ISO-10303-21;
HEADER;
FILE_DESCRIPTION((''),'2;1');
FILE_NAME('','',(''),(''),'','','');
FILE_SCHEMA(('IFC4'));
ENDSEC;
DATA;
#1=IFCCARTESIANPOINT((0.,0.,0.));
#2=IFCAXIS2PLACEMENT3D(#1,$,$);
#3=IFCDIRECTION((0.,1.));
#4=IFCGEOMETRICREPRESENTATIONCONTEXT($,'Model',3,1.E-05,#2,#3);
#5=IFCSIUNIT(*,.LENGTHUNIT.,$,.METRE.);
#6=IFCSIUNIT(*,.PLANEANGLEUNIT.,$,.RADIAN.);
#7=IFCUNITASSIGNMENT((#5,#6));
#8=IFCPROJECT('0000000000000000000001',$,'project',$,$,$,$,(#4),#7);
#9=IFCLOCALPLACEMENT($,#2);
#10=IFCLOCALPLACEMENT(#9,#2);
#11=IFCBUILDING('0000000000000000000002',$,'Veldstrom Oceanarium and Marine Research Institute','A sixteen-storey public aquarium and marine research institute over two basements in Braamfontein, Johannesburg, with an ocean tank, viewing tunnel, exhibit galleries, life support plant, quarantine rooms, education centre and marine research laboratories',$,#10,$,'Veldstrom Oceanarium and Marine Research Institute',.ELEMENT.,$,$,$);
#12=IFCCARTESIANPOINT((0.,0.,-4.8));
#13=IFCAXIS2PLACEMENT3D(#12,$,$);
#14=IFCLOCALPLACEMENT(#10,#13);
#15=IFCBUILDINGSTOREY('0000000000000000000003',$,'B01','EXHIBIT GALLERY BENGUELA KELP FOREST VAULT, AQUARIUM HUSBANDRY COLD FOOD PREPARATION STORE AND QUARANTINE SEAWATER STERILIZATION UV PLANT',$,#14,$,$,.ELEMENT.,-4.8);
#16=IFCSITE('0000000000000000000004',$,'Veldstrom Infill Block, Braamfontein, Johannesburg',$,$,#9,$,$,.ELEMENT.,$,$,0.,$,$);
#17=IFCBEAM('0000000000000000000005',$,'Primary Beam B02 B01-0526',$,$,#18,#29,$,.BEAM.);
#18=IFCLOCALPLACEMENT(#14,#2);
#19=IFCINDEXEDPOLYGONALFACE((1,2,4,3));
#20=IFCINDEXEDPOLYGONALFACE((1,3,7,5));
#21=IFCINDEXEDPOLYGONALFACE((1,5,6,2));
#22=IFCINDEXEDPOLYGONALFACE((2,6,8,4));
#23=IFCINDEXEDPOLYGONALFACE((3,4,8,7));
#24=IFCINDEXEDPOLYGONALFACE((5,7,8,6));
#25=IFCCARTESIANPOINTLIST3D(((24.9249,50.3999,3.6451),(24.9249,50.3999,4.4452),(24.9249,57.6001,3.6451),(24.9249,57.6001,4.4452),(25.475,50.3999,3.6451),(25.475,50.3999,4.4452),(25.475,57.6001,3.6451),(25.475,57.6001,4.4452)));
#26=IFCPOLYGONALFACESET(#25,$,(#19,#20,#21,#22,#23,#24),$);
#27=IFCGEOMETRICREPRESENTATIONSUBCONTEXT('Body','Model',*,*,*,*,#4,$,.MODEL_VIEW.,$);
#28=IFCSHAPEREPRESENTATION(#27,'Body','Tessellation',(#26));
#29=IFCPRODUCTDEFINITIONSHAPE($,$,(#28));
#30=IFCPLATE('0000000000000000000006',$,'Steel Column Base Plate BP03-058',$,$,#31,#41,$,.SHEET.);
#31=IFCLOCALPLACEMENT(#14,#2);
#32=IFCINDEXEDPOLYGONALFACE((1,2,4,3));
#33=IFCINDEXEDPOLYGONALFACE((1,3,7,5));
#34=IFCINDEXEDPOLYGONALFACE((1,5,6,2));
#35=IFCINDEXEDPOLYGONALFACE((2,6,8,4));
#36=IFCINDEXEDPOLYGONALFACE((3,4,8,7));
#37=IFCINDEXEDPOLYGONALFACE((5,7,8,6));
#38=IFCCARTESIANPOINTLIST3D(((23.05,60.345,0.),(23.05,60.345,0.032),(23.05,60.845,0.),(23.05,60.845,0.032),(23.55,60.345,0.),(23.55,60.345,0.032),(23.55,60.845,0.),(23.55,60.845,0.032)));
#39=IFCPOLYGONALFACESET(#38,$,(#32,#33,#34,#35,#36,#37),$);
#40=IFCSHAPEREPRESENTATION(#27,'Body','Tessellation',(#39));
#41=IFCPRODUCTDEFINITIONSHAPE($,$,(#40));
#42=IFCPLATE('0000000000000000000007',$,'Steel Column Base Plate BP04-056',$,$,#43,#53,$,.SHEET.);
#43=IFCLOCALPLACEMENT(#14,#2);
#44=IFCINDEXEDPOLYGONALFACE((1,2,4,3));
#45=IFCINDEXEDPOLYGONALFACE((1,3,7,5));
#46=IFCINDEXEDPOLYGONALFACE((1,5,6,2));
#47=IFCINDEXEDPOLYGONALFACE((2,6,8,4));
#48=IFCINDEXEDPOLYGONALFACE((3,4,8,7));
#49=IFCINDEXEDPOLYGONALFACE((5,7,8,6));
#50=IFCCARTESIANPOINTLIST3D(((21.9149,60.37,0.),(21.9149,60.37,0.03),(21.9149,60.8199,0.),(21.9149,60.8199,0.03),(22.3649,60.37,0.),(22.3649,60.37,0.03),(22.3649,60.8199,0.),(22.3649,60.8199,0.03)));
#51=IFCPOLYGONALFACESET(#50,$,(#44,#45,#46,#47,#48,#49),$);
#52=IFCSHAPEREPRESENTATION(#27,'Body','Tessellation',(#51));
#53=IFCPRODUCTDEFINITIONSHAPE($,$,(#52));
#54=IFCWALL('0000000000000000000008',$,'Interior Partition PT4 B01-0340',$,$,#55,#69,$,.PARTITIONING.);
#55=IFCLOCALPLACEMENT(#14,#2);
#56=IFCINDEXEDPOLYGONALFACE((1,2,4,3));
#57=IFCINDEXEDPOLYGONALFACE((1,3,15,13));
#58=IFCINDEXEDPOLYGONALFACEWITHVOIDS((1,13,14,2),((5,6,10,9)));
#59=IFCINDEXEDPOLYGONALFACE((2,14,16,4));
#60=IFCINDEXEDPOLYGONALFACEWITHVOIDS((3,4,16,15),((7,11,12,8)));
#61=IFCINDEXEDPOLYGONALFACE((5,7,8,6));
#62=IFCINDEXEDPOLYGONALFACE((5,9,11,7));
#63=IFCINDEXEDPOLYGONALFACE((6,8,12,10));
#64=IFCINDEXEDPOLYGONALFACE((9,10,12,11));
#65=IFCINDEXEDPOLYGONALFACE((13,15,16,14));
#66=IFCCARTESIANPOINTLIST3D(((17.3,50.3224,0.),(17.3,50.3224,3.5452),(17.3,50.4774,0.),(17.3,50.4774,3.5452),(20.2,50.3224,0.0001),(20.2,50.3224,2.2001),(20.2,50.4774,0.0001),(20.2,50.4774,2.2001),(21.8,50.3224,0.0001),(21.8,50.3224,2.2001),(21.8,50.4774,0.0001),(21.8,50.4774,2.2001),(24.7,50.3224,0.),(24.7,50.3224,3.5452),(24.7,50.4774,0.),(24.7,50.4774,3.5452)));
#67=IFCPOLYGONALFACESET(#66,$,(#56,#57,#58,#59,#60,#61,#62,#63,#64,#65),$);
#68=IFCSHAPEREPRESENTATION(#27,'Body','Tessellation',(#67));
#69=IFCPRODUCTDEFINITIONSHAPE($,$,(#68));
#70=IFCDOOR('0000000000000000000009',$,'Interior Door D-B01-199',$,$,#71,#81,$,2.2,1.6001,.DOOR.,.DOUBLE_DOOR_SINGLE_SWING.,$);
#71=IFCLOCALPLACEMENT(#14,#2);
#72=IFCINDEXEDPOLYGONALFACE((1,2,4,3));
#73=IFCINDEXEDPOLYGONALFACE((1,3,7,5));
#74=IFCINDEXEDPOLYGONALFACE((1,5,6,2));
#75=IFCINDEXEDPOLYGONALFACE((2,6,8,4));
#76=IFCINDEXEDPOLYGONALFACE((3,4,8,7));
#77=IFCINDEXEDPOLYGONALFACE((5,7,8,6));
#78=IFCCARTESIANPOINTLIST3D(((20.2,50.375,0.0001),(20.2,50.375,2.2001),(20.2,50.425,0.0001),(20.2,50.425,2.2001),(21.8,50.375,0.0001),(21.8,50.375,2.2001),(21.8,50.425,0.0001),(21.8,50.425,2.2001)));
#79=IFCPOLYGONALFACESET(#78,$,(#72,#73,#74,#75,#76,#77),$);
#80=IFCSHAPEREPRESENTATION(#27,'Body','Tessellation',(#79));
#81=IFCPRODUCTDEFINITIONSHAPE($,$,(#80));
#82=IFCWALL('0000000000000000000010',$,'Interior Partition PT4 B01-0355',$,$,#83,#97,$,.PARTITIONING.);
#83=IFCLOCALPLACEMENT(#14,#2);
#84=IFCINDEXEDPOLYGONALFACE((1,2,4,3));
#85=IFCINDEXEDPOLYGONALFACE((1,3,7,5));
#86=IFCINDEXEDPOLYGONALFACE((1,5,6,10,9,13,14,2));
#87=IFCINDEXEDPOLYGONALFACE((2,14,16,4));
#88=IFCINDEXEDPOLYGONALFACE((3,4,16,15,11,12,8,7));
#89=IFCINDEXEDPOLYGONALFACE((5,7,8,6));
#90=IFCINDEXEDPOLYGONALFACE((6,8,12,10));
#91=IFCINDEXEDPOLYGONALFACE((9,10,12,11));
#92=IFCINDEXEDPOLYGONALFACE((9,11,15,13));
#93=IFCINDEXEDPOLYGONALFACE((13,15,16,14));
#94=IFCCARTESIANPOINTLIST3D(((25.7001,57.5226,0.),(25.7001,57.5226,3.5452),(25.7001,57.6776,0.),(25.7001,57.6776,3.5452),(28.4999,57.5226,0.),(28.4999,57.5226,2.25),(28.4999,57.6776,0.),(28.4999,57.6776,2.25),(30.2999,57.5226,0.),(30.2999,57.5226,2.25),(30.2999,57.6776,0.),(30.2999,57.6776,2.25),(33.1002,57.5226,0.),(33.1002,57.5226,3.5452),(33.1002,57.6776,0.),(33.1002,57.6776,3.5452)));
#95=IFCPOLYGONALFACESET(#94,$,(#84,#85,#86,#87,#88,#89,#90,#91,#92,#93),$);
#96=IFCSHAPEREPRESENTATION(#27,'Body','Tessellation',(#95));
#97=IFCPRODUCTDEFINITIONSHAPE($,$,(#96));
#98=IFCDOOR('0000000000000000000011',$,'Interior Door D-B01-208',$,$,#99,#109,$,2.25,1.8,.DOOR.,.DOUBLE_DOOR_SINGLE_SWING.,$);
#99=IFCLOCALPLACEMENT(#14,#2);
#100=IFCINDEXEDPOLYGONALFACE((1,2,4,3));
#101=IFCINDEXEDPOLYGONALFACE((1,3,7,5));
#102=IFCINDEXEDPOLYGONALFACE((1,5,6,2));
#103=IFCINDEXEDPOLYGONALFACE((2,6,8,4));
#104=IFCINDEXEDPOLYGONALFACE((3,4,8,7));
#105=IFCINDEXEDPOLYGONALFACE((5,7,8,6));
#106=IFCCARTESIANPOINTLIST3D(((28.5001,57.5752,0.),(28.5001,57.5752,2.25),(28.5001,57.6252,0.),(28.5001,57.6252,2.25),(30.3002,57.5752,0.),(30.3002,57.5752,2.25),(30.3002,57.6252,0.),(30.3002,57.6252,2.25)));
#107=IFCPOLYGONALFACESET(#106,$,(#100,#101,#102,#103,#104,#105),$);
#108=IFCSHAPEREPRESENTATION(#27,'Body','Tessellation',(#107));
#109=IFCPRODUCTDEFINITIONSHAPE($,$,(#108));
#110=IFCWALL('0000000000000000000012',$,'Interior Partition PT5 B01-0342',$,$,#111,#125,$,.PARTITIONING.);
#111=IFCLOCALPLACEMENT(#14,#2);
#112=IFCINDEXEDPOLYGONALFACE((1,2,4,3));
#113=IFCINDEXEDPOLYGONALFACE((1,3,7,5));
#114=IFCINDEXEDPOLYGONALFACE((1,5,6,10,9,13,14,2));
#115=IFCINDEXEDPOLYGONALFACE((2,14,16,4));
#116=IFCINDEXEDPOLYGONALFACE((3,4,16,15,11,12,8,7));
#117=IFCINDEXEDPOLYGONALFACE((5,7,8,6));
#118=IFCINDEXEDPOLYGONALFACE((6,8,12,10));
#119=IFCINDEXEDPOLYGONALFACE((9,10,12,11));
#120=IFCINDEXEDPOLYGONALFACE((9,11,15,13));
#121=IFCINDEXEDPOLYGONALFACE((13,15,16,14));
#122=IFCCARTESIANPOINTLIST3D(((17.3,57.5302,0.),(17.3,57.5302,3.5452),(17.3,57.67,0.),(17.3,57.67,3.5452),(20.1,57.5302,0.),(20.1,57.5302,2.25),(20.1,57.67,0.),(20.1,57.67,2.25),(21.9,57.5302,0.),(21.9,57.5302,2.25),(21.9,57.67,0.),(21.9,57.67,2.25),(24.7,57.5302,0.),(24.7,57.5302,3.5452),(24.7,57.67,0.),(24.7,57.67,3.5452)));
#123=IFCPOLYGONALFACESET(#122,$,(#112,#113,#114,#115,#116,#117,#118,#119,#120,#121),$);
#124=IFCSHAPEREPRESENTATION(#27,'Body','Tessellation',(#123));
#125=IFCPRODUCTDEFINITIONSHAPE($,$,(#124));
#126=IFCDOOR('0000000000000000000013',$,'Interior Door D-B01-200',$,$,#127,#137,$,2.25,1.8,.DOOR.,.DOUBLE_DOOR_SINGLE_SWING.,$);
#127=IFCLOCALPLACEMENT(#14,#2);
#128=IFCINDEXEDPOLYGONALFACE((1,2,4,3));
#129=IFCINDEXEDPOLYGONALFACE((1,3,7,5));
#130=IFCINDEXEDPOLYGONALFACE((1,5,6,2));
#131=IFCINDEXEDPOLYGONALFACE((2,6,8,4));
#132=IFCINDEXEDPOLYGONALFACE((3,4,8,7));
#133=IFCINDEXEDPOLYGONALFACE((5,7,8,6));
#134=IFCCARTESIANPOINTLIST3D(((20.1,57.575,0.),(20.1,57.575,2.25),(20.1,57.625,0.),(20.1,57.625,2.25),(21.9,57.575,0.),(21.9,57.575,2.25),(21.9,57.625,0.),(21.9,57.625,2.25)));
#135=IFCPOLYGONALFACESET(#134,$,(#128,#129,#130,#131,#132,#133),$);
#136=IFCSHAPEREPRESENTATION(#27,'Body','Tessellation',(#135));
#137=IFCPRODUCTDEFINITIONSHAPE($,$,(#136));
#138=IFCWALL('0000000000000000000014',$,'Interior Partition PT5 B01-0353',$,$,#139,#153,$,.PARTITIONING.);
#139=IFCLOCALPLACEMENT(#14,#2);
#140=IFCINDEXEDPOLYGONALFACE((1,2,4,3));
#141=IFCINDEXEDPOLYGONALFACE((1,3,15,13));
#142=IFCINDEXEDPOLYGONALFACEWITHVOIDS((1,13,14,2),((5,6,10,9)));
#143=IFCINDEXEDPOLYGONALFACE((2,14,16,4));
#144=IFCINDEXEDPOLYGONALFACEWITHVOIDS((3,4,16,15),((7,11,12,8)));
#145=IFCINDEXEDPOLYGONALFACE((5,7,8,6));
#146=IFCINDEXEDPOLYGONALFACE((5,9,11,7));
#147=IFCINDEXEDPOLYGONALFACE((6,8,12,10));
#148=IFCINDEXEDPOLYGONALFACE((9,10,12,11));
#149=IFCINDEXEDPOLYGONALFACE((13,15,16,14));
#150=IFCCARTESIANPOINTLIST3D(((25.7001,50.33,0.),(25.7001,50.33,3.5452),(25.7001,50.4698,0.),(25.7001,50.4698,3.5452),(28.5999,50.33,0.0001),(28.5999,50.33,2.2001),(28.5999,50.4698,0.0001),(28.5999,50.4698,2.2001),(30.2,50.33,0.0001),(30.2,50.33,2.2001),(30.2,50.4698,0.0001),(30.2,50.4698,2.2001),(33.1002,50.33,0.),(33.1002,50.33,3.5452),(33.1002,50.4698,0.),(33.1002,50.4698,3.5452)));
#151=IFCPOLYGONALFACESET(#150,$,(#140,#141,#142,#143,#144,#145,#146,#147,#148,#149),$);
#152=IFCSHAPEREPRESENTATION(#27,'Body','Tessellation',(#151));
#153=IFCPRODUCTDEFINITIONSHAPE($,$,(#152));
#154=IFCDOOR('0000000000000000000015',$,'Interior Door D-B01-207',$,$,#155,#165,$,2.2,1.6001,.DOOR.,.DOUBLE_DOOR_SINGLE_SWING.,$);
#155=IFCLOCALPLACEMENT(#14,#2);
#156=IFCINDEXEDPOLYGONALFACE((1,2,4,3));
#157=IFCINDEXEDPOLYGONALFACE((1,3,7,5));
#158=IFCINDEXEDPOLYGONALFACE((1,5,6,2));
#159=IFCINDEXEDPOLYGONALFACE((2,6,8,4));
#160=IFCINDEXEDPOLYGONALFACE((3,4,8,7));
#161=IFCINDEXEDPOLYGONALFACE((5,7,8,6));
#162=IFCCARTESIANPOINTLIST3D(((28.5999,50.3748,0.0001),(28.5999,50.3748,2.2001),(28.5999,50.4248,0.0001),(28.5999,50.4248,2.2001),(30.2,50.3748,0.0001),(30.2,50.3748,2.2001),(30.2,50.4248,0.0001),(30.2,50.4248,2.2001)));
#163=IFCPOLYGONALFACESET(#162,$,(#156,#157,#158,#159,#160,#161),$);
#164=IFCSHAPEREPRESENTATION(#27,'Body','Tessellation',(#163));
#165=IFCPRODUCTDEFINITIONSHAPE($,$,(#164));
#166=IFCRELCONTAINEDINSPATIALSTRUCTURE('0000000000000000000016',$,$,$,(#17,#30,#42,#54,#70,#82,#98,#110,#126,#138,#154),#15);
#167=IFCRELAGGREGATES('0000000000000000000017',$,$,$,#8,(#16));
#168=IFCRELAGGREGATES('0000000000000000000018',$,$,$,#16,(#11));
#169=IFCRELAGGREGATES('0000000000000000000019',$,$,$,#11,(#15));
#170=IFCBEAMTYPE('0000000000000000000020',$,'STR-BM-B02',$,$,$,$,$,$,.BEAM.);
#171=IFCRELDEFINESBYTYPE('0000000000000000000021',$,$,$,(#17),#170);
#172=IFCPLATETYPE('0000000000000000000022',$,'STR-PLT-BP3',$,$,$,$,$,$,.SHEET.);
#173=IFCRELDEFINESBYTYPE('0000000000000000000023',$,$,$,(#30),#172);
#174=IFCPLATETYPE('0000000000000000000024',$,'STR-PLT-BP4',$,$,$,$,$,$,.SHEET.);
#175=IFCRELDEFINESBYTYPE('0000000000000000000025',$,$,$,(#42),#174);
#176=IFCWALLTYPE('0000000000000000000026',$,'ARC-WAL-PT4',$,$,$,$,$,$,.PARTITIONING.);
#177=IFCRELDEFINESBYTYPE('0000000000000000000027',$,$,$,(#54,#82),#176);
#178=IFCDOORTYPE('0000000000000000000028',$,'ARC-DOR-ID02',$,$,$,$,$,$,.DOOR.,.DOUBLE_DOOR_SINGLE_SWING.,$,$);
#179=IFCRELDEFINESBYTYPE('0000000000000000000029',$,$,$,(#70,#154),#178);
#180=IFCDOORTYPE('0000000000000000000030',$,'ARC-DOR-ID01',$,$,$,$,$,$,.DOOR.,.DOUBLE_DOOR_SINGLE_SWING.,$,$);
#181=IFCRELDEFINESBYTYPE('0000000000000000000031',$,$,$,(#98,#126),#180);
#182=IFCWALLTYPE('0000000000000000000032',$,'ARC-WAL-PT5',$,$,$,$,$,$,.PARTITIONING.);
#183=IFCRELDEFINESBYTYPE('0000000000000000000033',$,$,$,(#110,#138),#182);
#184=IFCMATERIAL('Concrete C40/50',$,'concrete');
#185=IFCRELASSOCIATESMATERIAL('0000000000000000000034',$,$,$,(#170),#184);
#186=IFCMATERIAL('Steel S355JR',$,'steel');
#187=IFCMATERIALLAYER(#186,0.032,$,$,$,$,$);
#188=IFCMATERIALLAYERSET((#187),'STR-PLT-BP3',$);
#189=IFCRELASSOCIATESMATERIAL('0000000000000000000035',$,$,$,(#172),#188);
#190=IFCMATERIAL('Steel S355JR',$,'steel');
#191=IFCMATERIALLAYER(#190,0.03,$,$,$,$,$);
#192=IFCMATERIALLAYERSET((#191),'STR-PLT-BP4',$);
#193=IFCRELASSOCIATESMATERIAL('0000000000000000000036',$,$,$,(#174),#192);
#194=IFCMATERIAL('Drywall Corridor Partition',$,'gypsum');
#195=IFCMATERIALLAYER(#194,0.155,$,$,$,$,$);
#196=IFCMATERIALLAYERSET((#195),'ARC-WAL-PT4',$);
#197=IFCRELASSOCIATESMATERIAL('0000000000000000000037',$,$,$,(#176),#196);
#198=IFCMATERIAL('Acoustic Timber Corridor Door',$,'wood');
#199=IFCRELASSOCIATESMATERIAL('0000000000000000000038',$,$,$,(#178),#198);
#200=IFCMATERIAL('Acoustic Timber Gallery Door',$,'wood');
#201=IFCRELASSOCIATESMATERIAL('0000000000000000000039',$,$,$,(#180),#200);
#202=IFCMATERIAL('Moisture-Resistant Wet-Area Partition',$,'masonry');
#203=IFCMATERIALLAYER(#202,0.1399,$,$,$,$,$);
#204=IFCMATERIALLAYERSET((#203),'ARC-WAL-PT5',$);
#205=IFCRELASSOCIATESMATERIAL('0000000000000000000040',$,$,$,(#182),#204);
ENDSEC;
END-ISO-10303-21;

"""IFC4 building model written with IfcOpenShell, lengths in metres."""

from ifc_helpers import new_model, si_unit, direction, frame, frame_2d, origin, origin_2d, place, context, subcontext, project, spatial, rectangle, extrude, material, layer, layer_set, material_profile, profile_set, type_object, element, fill, save


model = new_model("IFC4")

# Units and contexts
model_context = context("Model", 3, precision=1e-05, world=origin(), true_north=direction((0.0, 1.0)))
body_context = subcontext(model_context, "Body", "Model", "MODEL_VIEW")
ifc_project = project(units=[si_unit("LENGTHUNIT", "METRE"), si_unit("PLANEANGLEUNIT", "RADIAN")], contexts=[model_context])

# Site, building, storey
site_placement = place(None, origin())
site = spatial("IfcSite", under=ifc_project, at=site_placement, Name="Veldstrom Infill Block, Braamfontein, Johannesburg", CompositionType="ELEMENT", RefElevation=0.0)
building_placement = place(site_placement, origin())
building = spatial("IfcBuilding", under=site, at=building_placement, Name="Veldstrom Oceanarium and Marine Research Institute", Description="A sixteen-storey public aquarium and marine research institute over two basements in Braamfontein, Johannesburg, with an ocean tank, viewing tunnel, exhibit galleries, life support plant, quarantine rooms, education centre and marine research laboratories", LongName="Veldstrom Oceanarium and Marine Research Institute", CompositionType="ELEMENT")
storey_placement = place(building_placement, frame((0.0, 0.0, -4.8)))
storey = spatial("IfcBuildingStorey", under=building, at=storey_placement, Name="B01", Description="EXHIBIT GALLERY BENGUELA KELP FOREST VAULT, AQUARIUM HUSBANDRY COLD FOOD PREPARATION STORE AND QUARANTINE SEAWATER STERILIZATION UV PLANT", CompositionType="ELEMENT", Elevation=-4.8)

# Beam
ifc_material_1 = material(Name="Concrete C40/50", Category="concrete")
ifc_material_profile_1 = material_profile(ifc_material_1, rectangle(XDim=0.55, YDim=0.8, at=origin_2d()), Name="RC-BM-550x800")
ifc_profile_set_1 = profile_set([ifc_material_profile_1], Name="Concrete C40/50")
beam_type_1 = type_object("IfcBeamType", Name="STR-BM-B02", PredefinedType="BEAM", material=ifc_profile_set_1)
beam_placement = place(storey_placement, frame((25.2, 50.3999, 4.0452), z_axis=(0.0, 1.0, 0.0), x_axis=(-1.0, 0.0, 0.0)))
element("IfcBeam", 1, at=beam_placement, inside=storey, type_object=beam_type_1, Name="Primary Beam B02 B01-0526", PredefinedType="BEAM", context=body_context, shape_type="SweptSolid", body=[
    extrude(rectangle(XDim=0.55, YDim=0.8, at=origin_2d()), origin(), (0.0, 0.0, 1.0), 7.2002),
])

# Plates
ifc_material_2 = material(Name="Steel S355JR", Category="steel")
ifc_layer_1 = layer(ifc_material_2, 0.032)
ifc_layer_set_1 = layer_set([ifc_layer_1], Name="STR-PLT-BP3")
plate_type_1 = type_object("IfcPlateType", Name="STR-PLT-BP3", PredefinedType="SHEET", material=ifc_layer_set_1)
plate_1_placement = place(storey_placement, frame((23.3, 60.595, 0.0), z_axis=(0.0, 0.0, 1.0), x_axis=(1.0, 0.0, 0.0)))
element("IfcPlate", 2, at=plate_1_placement, inside=storey, type_object=plate_type_1, Name="Steel Column Base Plate BP03-058", PredefinedType="SHEET", context=body_context, shape_type="SweptSolid", body=[
    extrude(rectangle(XDim=0.5, YDim=0.5, at=origin_2d()), origin(), (0.0, 0.0, 1.0), 0.032),
])
ifc_material_3 = material(Name="Steel S355JR", Category="steel")
ifc_layer_2 = layer(ifc_material_3, 0.03)
ifc_layer_set_2 = layer_set([ifc_layer_2], Name="STR-PLT-BP4")
plate_type_2 = type_object("IfcPlateType", Name="STR-PLT-BP4", PredefinedType="SHEET", material=ifc_layer_set_2)
plate_2_placement = place(storey_placement, frame((22.1399, 60.595, 0.0), z_axis=(0.0, 0.0, 1.0), x_axis=(1.0, 0.0, 0.0)))
element("IfcPlate", 3, at=plate_2_placement, inside=storey, type_object=plate_type_2, Name="Steel Column Base Plate BP04-056", PredefinedType="SHEET", context=body_context, shape_type="SweptSolid", body=[
    extrude(rectangle(XDim=0.45, YDim=0.45, at=origin_2d()), origin(), (0.0, 0.0, 1.0), 0.03),
])

# Walls, openings, doors
ifc_material_4 = material(Name="Drywall Corridor Partition", Category="gypsum")
ifc_layer_3 = layer(ifc_material_4, 0.155)
ifc_layer_set_3 = layer_set([ifc_layer_3], Name="ARC-WAL-PT4")
wall_type_1 = type_object("IfcWallType", Name="ARC-WAL-PT4", PredefinedType="PARTITIONING", material=ifc_layer_set_3)
wall_1_placement = place(storey_placement, frame((17.3, 50.3999, 0.0), z_axis=(0.0, 0.0, 1.0), x_axis=(1.0, 0.0, 0.0)))
wall_1 = element("IfcWall", 4, at=wall_1_placement, inside=storey, type_object=wall_type_1, Name="Interior Partition PT4 B01-0340", PredefinedType="PARTITIONING", context=body_context, shape_type="SweptSolid", body=[
    extrude(rectangle(XDim=7.3999, YDim=0.155, at=frame_2d((3.7, 0.0))), origin(), (0.0, 0.0, 1.0), 3.5452),
])
opening_1_placement = place(wall_1_placement, frame((2.8999, 0.0, 0.0)))
opening_1 = element("IfcOpeningElement", 5, at=opening_1_placement, cuts=wall_1, PredefinedType="OPENING", context=body_context, shape_type="SweptSolid", body=[
    extrude(rectangle(XDim=1.6001, YDim=2.2, at=frame_2d((0.8, 1.1001))), frame((0.0, 0.0874, 0.0), z_axis=(0.0, -1.0, 0.0), x_axis=(1.0, 0.0, 0.0)), (0.0, 0.0, 1.0), 0.175),
])
ifc_material_5 = material(Name="Acoustic Timber Corridor Door", Category="wood")
door_type_1 = type_object("IfcDoorType", Name="ARC-DOR-ID02", OperationType="DOUBLE_DOOR_SINGLE_SWING", PredefinedType="DOOR", material=ifc_material_5)
door_1_placement = place(opening_1_placement, frame((1.6001, 0.0, 0.0), z_axis=(0.0, 0.0, 1.0), x_axis=(-1.0, 0.0, 0.0)))
door_1 = element("IfcDoor", 6, at=door_1_placement, inside=storey, type_object=door_type_1, Name="Interior Door D-B01-199", OperationType="DOUBLE_DOOR_SINGLE_SWING", OverallHeight=2.2, OverallWidth=1.6001, PredefinedType="DOOR", context=body_context, shape_type="SweptSolid", body=[
    extrude(rectangle(XDim=1.6001, YDim=2.2, at=frame_2d((0.8, 1.1001))), frame((0.0, 0.0249, 0.0), z_axis=(0.0, -1.0, 0.0), x_axis=(1.0, 0.0, 0.0)), (0.0, 0.0, 1.0), 0.05),
])
fill(opening_1, door_1)
wall_2_placement = place(storey_placement, frame((25.7, 57.6001, 0.0), z_axis=(0.0, 0.0, 1.0), x_axis=(1.0, 0.0, 0.0)))
wall_2 = element("IfcWall", 7, at=wall_2_placement, inside=storey, type_object=wall_type_1, Name="Interior Partition PT4 B01-0355", PredefinedType="PARTITIONING", context=body_context, shape_type="SweptSolid", body=[
    extrude(rectangle(XDim=7.4001, YDim=0.155, at=frame_2d((3.7002, 0.0))), origin(), (0.0, 0.0, 1.0), 3.5452),
])
opening_2_placement = place(wall_2_placement, frame((2.8, 0.0, 0.0)))
opening_2 = element("IfcOpeningElement", 8, at=opening_2_placement, cuts=wall_2, PredefinedType="OPENING", context=body_context, shape_type="SweptSolid", body=[
    extrude(rectangle(XDim=1.8, YDim=2.25, at=frame_2d((0.8999, 1.125))), frame((0.0, 0.0874, 0.0), z_axis=(0.0, -1.0, 0.0), x_axis=(1.0, 0.0, 0.0)), (0.0, 0.0, 1.0), 0.175),
])
ifc_material_6 = material(Name="Acoustic Timber Gallery Door", Category="wood")
door_type_2 = type_object("IfcDoorType", Name="ARC-DOR-ID01", OperationType="DOUBLE_DOOR_SINGLE_SWING", PredefinedType="DOOR", material=ifc_material_6)
door_2_placement = place(opening_2_placement, frame((1.8, 0.0, 0.0), z_axis=(0.0, 0.0, 1.0), x_axis=(-1.0, 0.0, 0.0)))
door_2 = element("IfcDoor", 9, at=door_2_placement, inside=storey, type_object=door_type_2, Name="Interior Door D-B01-208", OperationType="DOUBLE_DOOR_SINGLE_SWING", OverallHeight=2.25, OverallWidth=1.8, PredefinedType="DOOR", context=body_context, shape_type="SweptSolid", body=[
    extrude(rectangle(XDim=1.8, YDim=2.25, at=frame_2d((0.8999, 1.125))), frame((0.0, 0.0249, 0.0), z_axis=(0.0, -1.0, 0.0), x_axis=(1.0, 0.0, 0.0)), (0.0, 0.0, 1.0), 0.05),
])
fill(opening_2, door_2)
ifc_material_7 = material(Name="Moisture-Resistant Wet-Area Partition", Category="masonry")
ifc_layer_4 = layer(ifc_material_7, 0.1399)
ifc_layer_set_4 = layer_set([ifc_layer_4], Name="ARC-WAL-PT5")
wall_type_2 = type_object("IfcWallType", Name="ARC-WAL-PT5", PredefinedType="PARTITIONING", material=ifc_layer_set_4)
wall_3_placement = place(storey_placement, frame((17.3, 57.6001, 0.0), z_axis=(0.0, 0.0, 1.0), x_axis=(1.0, 0.0, 0.0)))
wall_3 = element("IfcWall", 10, at=wall_3_placement, inside=storey, type_object=wall_type_2, Name="Interior Partition PT5 B01-0342", PredefinedType="PARTITIONING", context=body_context, shape_type="SweptSolid", body=[
    extrude(rectangle(XDim=7.3999, YDim=0.1399, at=frame_2d((3.7, 0.0))), origin(), (0.0, 0.0, 1.0), 3.5452),
])
opening_3_placement = place(wall_3_placement, frame((2.8, 0.0, 0.0)))
opening_3 = element("IfcOpeningElement", 11, at=opening_3_placement, cuts=wall_3, PredefinedType="OPENING", context=body_context, shape_type="SweptSolid", body=[
    extrude(rectangle(XDim=1.8, YDim=2.25, at=frame_2d((0.8999, 1.125))), frame((0.0, 0.0798, 0.0), z_axis=(0.0, -1.0, 0.0), x_axis=(1.0, 0.0, 0.0)), (0.0, 0.0, 1.0), 0.1599),
])
door_3_placement = place(opening_3_placement, origin())
door_3 = element("IfcDoor", 12, at=door_3_placement, inside=storey, type_object=door_type_2, Name="Interior Door D-B01-200", OperationType="DOUBLE_DOOR_SINGLE_SWING", OverallHeight=2.25, OverallWidth=1.8, PredefinedType="DOOR", context=body_context, shape_type="SweptSolid", body=[
    extrude(rectangle(XDim=1.8, YDim=2.25, at=frame_2d((0.8999, 1.125))), frame((0.0, 0.0249, 0.0), z_axis=(0.0, -1.0, 0.0), x_axis=(1.0, 0.0, 0.0)), (0.0, 0.0, 1.0), 0.05),
])
fill(opening_3, door_3)
wall_4_placement = place(storey_placement, frame((25.7, 50.3999, 0.0), z_axis=(0.0, 0.0, 1.0), x_axis=(1.0, 0.0, 0.0)))
wall_4 = element("IfcWall", 13, at=wall_4_placement, inside=storey, type_object=wall_type_2, Name="Interior Partition PT5 B01-0353", PredefinedType="PARTITIONING", context=body_context, shape_type="SweptSolid", body=[
    extrude(rectangle(XDim=7.4001, YDim=0.1399, at=frame_2d((3.7002, 0.0))), origin(), (0.0, 0.0, 1.0), 3.5452),
])
opening_4_placement = place(wall_4_placement, frame((2.8999, 0.0, 0.0)))
opening_4 = element("IfcOpeningElement", 14, at=opening_4_placement, cuts=wall_4, PredefinedType="OPENING", context=body_context, shape_type="SweptSolid", body=[
    extrude(rectangle(XDim=1.6001, YDim=2.2, at=frame_2d((0.8, 1.1001))), frame((0.0, 0.0798, 0.0), z_axis=(0.0, -1.0, 0.0), x_axis=(1.0, 0.0, 0.0)), (0.0, 0.0, 1.0), 0.1599),
])
door_4_placement = place(opening_4_placement, origin())
door_4 = element("IfcDoor", 15, at=door_4_placement, inside=storey, type_object=door_type_1, Name="Interior Door D-B01-207", OperationType="DOUBLE_DOOR_SINGLE_SWING", OverallHeight=2.2, OverallWidth=1.6001, PredefinedType="DOOR", context=body_context, shape_type="SweptSolid", body=[
    extrude(rectangle(XDim=1.6001, YDim=2.2, at=frame_2d((0.8, 1.1001))), frame((0.0, 0.0249, 0.0), z_axis=(0.0, -1.0, 0.0), x_axis=(1.0, 0.0, 0.0)), (0.0, 0.0, 1.0), 0.05),
])
fill(opening_4, door_4)

save(model, "model.ifc")
